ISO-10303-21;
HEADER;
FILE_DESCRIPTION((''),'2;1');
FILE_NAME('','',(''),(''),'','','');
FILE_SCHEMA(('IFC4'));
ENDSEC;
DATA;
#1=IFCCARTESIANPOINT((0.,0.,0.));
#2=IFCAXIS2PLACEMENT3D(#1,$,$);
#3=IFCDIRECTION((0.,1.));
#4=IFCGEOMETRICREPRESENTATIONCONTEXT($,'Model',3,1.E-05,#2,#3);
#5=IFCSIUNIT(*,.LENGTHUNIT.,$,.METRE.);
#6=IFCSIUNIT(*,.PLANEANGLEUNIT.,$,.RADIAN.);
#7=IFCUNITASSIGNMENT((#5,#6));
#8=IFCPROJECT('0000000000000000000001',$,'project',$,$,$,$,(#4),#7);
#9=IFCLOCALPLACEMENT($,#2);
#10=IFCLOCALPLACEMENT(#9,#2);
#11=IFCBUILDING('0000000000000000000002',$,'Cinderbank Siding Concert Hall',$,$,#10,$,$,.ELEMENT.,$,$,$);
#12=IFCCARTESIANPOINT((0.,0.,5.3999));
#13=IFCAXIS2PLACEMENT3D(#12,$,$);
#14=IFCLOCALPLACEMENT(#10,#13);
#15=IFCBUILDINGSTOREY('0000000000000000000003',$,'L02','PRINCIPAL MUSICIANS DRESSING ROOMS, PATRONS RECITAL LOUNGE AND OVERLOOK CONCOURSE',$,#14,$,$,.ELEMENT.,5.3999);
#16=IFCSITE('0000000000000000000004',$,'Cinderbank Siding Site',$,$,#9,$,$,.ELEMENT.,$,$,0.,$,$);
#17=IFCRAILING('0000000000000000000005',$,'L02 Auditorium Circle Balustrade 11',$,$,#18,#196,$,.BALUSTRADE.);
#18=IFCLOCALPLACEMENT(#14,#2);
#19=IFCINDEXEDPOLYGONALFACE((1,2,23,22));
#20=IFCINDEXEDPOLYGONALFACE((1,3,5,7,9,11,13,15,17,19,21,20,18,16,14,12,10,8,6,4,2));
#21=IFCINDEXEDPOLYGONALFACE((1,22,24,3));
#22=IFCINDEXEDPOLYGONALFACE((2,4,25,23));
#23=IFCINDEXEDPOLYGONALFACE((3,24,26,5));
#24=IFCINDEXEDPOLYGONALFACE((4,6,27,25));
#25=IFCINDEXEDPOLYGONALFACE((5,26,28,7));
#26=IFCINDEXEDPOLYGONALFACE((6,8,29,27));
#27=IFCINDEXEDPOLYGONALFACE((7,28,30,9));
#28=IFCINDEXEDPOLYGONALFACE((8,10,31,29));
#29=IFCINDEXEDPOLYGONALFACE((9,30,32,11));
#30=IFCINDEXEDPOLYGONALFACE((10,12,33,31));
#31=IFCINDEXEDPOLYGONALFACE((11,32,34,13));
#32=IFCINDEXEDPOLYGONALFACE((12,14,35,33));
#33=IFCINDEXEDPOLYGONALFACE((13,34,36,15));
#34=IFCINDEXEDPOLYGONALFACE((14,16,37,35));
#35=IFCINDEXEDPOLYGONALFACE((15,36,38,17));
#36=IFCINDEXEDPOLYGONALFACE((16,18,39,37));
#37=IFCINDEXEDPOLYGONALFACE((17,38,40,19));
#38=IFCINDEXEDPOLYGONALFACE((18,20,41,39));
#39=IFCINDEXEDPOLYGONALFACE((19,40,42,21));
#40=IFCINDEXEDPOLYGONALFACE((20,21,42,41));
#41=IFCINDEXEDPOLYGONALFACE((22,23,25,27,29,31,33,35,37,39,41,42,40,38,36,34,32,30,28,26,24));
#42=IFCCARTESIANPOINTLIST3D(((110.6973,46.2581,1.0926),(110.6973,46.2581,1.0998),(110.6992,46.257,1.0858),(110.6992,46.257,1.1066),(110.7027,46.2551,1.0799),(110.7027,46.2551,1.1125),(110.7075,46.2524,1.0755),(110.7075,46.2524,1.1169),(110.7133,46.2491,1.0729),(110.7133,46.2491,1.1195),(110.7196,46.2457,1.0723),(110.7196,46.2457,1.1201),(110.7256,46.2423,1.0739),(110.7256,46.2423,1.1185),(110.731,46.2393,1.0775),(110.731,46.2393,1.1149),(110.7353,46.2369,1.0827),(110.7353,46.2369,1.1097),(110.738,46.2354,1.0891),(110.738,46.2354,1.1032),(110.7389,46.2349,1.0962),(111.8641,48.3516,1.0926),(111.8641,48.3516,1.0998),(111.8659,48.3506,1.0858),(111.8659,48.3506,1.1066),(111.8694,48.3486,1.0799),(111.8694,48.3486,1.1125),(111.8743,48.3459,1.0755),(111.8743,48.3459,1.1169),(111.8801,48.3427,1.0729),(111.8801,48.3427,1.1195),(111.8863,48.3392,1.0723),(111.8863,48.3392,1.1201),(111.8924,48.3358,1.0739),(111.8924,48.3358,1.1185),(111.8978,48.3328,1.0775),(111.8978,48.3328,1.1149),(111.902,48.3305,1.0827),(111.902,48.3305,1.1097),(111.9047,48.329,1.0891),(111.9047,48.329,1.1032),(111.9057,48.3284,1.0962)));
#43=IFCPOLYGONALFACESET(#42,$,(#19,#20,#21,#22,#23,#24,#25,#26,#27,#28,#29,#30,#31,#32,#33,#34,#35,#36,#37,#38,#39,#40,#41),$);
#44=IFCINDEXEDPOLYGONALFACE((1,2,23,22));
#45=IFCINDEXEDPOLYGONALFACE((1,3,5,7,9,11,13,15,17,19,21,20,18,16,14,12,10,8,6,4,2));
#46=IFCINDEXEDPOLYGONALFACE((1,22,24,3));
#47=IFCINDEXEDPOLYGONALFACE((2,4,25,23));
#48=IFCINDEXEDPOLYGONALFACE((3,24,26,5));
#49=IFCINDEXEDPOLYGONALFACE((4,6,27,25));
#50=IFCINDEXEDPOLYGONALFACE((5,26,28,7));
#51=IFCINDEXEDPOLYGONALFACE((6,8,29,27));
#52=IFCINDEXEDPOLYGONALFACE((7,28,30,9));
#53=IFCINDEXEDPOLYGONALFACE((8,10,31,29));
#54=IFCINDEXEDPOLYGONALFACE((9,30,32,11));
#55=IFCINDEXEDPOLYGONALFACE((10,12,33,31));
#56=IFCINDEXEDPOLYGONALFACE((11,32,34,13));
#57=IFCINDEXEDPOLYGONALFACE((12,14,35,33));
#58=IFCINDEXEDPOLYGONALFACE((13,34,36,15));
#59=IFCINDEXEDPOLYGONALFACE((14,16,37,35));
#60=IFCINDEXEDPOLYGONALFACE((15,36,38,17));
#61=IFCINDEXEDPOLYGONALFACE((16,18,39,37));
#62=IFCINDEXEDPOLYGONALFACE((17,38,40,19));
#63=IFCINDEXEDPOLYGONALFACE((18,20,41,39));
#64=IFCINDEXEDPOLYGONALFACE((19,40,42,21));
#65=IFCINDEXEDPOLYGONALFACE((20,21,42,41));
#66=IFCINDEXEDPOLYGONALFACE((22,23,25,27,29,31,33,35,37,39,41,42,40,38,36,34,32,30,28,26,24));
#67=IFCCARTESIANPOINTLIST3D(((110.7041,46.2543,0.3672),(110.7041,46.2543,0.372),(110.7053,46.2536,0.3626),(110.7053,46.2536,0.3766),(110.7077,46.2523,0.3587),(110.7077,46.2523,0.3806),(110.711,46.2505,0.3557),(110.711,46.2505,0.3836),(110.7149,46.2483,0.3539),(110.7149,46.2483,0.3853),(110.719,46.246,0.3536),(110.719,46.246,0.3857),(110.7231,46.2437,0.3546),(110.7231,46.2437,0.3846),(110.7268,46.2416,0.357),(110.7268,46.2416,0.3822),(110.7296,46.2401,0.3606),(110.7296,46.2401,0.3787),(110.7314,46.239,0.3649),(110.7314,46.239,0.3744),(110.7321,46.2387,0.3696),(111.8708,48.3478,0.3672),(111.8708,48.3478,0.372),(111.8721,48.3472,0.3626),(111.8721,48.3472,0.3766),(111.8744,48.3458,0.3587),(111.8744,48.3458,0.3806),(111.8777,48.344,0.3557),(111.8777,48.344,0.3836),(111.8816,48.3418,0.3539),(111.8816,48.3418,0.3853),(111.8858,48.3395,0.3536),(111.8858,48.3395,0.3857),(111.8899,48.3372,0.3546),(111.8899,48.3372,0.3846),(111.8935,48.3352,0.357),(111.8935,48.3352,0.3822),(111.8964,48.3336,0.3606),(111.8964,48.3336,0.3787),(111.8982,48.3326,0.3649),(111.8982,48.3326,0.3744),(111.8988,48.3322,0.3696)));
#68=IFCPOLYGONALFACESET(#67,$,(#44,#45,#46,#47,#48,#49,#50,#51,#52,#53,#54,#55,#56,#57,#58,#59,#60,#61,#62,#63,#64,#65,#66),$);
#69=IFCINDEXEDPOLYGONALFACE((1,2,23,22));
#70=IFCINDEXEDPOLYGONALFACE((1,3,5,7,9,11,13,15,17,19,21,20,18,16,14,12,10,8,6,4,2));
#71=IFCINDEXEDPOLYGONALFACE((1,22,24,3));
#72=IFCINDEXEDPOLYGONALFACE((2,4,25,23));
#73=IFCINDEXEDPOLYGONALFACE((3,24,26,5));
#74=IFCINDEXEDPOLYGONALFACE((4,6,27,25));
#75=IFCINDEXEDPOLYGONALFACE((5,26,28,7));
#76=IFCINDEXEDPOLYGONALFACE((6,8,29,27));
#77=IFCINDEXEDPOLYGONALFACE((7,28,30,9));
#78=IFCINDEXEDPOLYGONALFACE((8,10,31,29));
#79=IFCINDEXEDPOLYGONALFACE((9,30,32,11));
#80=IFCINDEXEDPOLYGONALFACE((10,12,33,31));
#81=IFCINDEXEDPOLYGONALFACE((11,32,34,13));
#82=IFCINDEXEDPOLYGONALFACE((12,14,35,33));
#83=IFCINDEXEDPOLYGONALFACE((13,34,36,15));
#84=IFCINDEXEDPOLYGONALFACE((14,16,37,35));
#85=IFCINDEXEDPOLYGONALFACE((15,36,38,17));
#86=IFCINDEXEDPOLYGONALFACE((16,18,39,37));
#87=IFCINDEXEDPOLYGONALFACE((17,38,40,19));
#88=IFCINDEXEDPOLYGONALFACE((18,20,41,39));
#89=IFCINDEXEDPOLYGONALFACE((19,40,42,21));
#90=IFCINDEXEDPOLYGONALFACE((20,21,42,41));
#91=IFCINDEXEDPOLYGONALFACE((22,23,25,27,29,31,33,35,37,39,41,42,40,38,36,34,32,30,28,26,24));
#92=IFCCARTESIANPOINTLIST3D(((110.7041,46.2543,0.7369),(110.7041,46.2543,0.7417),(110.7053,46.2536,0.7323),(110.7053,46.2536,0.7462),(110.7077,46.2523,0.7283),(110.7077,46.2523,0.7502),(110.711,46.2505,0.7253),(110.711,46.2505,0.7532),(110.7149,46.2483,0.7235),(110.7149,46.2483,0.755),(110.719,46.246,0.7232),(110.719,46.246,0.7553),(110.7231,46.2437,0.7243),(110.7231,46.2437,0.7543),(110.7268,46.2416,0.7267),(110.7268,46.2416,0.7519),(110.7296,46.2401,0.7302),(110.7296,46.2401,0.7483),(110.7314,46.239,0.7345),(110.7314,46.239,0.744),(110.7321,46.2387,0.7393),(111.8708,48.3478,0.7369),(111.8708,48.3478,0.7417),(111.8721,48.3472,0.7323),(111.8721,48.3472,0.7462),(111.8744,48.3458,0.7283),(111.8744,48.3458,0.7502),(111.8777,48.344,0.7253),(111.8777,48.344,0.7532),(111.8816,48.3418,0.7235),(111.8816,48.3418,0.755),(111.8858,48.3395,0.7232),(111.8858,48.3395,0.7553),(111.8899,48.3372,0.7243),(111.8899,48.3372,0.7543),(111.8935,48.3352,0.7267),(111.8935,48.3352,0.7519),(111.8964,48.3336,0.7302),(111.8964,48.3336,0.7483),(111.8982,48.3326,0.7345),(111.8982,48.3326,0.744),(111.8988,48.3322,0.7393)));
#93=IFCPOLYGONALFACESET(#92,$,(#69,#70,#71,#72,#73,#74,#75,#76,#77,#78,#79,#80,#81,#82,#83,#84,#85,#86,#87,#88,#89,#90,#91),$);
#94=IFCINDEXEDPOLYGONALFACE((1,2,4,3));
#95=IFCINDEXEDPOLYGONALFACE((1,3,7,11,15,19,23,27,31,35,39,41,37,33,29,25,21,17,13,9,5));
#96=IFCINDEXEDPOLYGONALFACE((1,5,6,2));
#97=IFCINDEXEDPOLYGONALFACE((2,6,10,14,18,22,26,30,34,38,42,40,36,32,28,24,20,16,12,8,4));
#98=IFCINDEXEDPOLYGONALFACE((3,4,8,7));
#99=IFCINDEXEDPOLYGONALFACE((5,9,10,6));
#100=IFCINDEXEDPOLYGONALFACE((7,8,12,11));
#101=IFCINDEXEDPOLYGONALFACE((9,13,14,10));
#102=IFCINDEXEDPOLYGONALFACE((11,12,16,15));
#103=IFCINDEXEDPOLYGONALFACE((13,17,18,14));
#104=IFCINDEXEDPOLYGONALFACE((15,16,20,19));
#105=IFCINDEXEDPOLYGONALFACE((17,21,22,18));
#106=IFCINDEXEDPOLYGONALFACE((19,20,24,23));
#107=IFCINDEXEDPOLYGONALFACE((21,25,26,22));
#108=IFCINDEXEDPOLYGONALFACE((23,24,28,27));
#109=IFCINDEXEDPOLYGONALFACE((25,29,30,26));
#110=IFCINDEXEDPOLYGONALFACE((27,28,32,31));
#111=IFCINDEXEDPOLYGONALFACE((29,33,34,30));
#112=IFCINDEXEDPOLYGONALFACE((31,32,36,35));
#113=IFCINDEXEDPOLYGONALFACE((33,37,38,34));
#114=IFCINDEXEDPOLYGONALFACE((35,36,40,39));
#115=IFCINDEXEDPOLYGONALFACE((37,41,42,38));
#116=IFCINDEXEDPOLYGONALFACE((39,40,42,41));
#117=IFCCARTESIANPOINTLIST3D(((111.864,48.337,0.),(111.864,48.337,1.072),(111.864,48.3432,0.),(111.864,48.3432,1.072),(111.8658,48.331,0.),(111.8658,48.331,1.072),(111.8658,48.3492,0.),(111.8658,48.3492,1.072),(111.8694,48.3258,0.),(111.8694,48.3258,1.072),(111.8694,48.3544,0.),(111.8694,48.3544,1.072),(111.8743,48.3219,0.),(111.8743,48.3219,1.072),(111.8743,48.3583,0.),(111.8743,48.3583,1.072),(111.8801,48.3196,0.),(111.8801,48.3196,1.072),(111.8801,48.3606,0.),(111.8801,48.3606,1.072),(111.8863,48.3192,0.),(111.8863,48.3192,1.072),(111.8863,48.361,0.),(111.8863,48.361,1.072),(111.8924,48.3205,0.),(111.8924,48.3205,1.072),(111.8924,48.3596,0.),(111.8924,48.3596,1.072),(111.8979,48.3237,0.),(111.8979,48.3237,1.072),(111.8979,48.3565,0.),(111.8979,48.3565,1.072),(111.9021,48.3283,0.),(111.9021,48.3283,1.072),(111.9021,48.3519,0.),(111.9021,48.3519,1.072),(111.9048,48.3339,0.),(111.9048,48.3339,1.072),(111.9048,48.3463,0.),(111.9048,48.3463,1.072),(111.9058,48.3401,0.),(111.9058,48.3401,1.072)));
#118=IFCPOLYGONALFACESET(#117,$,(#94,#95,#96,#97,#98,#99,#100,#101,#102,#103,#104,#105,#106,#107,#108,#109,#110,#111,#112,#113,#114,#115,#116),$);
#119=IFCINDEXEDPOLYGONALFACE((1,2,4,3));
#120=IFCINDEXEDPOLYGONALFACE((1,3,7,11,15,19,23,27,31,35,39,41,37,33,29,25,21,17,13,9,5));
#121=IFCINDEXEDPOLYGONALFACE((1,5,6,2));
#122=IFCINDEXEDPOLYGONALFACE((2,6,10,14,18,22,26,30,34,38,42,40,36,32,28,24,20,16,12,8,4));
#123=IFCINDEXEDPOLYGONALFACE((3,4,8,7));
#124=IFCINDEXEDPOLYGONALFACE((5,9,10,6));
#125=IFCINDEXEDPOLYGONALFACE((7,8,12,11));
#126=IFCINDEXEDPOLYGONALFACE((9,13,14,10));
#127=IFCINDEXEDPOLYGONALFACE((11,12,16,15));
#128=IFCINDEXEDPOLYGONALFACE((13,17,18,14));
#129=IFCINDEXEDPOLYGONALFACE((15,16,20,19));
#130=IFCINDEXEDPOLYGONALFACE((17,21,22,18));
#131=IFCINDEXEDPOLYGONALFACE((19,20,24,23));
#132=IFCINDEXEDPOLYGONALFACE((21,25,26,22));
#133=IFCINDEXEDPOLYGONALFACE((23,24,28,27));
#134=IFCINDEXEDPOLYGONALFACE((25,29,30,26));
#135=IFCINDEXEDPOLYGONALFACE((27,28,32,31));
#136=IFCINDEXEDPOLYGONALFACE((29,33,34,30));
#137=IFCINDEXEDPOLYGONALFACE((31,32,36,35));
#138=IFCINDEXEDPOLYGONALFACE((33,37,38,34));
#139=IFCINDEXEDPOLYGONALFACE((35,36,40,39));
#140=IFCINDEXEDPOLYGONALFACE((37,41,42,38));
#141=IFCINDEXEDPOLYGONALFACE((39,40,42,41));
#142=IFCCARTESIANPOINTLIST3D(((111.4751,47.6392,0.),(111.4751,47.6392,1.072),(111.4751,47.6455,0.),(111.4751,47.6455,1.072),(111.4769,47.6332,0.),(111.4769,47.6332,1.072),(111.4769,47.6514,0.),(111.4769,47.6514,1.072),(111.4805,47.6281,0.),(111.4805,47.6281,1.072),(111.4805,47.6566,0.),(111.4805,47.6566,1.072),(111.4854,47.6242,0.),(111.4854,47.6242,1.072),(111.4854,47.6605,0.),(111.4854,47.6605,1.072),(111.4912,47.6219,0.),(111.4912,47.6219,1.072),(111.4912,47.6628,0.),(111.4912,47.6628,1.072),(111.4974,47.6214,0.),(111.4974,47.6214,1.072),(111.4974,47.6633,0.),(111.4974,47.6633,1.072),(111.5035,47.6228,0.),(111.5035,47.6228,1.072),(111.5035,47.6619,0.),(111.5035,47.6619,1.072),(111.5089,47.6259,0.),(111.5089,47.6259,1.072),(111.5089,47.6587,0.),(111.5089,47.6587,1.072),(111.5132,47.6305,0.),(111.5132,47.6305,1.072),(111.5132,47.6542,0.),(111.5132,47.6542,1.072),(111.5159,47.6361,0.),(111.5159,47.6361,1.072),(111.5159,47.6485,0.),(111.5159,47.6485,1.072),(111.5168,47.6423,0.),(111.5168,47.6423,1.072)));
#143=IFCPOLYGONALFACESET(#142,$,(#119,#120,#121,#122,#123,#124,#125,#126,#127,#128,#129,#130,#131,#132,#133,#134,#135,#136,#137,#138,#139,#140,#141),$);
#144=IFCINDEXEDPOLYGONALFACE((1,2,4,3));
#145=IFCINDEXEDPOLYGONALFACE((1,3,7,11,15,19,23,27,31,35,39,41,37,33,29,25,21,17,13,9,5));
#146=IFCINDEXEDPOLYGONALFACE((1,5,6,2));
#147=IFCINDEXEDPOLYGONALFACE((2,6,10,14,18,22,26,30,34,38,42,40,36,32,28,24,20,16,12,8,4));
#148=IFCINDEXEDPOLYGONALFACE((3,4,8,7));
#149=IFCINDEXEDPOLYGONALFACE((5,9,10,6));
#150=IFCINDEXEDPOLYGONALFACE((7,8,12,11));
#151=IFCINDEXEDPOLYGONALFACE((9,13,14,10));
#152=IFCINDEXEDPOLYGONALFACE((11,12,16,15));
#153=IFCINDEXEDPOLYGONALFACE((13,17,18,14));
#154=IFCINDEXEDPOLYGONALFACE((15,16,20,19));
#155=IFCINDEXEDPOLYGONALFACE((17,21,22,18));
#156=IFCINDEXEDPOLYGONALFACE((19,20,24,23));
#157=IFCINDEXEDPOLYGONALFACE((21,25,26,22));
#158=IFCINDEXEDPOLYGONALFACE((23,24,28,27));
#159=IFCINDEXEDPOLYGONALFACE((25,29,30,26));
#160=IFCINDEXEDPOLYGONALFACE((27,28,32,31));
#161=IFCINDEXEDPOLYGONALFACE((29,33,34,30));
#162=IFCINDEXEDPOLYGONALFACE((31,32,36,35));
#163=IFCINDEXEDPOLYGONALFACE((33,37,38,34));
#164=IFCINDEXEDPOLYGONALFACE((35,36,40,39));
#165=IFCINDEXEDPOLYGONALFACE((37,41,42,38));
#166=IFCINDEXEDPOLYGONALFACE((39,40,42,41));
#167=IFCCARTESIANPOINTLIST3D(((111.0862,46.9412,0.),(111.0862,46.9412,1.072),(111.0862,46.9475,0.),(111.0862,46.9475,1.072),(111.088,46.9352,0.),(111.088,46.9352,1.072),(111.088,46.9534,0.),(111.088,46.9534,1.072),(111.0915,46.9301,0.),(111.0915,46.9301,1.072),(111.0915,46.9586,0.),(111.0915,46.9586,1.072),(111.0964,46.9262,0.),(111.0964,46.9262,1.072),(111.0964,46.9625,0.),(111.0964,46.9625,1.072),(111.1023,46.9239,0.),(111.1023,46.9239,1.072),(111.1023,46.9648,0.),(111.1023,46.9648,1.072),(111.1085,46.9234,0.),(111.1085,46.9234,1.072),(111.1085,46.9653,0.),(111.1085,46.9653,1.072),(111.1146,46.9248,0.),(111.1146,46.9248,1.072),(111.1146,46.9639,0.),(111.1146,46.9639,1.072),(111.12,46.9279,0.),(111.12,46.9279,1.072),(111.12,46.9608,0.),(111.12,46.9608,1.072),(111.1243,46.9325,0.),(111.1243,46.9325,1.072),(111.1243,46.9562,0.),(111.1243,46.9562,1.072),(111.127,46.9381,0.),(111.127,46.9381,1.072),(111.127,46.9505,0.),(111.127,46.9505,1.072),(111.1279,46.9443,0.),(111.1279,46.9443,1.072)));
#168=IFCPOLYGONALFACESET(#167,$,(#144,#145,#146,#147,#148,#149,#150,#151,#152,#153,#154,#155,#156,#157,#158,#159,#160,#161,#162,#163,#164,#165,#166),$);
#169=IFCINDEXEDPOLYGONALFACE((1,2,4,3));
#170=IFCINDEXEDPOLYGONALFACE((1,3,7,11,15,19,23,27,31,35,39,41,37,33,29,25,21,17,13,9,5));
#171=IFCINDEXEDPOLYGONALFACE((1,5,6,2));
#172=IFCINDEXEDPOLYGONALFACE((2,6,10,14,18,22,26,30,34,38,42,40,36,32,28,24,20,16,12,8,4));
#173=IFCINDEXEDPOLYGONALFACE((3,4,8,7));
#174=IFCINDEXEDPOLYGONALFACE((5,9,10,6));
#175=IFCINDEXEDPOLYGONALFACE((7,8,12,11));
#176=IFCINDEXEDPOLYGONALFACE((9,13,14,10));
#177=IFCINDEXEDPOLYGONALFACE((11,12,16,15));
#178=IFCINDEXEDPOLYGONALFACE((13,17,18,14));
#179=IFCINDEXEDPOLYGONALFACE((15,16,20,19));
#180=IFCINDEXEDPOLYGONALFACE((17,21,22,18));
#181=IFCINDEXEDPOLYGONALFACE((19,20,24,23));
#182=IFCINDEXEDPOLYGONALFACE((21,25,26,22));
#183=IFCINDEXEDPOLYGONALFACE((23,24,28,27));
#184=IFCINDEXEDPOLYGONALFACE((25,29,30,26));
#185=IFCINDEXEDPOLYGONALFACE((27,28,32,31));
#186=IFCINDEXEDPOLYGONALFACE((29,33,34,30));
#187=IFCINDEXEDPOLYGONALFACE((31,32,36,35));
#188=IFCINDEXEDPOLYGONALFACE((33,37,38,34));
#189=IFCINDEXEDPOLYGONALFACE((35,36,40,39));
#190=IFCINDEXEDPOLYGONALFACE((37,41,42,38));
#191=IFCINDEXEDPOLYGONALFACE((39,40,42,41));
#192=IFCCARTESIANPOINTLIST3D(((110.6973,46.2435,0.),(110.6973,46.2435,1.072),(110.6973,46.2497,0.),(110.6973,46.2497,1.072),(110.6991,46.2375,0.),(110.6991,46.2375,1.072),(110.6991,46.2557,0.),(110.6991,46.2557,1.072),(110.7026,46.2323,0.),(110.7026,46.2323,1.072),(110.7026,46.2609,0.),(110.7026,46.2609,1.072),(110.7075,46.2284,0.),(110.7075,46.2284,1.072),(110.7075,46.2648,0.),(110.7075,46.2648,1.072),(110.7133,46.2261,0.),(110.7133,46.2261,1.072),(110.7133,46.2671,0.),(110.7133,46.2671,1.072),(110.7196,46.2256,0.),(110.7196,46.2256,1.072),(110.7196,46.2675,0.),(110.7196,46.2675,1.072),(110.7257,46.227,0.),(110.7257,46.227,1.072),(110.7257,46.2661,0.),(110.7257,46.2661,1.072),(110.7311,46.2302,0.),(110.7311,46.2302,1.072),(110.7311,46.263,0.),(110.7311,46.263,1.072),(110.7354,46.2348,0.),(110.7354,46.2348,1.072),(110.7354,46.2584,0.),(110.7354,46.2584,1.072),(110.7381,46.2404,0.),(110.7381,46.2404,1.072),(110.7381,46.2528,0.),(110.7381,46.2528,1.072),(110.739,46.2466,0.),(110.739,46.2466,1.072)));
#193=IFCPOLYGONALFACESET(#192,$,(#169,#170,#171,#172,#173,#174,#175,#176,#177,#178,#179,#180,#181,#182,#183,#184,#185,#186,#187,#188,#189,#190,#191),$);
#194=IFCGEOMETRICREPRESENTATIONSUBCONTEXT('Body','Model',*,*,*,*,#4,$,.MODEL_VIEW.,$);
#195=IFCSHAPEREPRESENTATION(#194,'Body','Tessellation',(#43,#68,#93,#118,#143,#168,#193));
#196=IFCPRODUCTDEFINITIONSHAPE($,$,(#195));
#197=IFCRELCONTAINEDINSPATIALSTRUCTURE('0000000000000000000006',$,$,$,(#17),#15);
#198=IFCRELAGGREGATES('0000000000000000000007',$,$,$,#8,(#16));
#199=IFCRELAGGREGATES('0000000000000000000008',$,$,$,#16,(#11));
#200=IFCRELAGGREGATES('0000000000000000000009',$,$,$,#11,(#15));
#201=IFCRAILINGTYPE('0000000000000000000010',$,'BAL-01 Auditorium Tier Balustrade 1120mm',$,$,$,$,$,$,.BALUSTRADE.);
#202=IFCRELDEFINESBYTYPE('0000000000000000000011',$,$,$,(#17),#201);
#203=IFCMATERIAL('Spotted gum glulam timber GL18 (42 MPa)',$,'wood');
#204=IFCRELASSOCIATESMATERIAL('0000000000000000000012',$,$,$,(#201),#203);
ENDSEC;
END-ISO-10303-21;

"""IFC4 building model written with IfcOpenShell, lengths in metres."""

from ifc_helpers import new_model, si_unit, direction, frame, origin, origin_2d, place, context, subcontext, project, spatial, circle, extrude, material, type_object, element, save


model = new_model("IFC4")

# Units and contexts
model_context = context("Model", 3, precision=1e-05, world=origin(), true_north=direction((0.0, 1.0)))
body_context = subcontext(model_context, "Body", "Model", "MODEL_VIEW")
ifc_project = project(units=[si_unit("LENGTHUNIT", "METRE"), si_unit("PLANEANGLEUNIT", "RADIAN")], contexts=[model_context])

# Site, building, storey
site_placement = place(None, origin())
site = spatial("IfcSite", under=ifc_project, at=site_placement, Name="Cinderbank Siding Site", CompositionType="ELEMENT", RefElevation=0.0)
building_placement = place(site_placement, origin())
building = spatial("IfcBuilding", under=site, at=building_placement, Name="Cinderbank Siding Concert Hall", CompositionType="ELEMENT")
storey_placement = place(building_placement, frame((0.0, 0.0, 5.3999)))
storey = spatial("IfcBuildingStorey", under=building, at=storey_placement, Name="L02", Description="PRINCIPAL MUSICIANS DRESSING ROOMS, PATRONS RECITAL LOUNGE AND OVERLOOK CONCOURSE", CompositionType="ELEMENT", Elevation=5.3999)

# Railing
ifc_material_1 = material(Name="Spotted gum glulam timber GL18 (42 MPa)", Category="wood")
railing_type = type_object("IfcRailingType", Name="BAL-01 Auditorium Tier Balustrade 1120mm", PredefinedType="BALUSTRADE", material=ifc_material_1)
railing_1_placement = place(storey_placement, frame((111.8848, 48.3401, 0.0)))
element("IfcRailing", 1, at=railing_1_placement, inside=storey, type_object=railing_type, Name="L02 Auditorium Circle Balustrade 11", PredefinedType="BALUSTRADE", context=body_context, shape_type="SweptSolid", body=[
    extrude(circle(Radius=0.0239, at=origin_2d()), frame((0.0, 0.0, 1.0962), z_axis=(-0.486819, -0.873503, 0.0), x_axis=(0.873503, -0.486819, 0.0)), (0.0, 0.0, 1.0), 2.3967),
    extrude(circle(Radius=0.0161, at=origin_2d()), frame((0.0, 0.0, 0.3696), z_axis=(-0.486819, -0.873503, 0.0), x_axis=(0.873503, -0.486819, 0.0)), (0.0, 0.0, 1.0), 2.3967),
    extrude(circle(Radius=0.0161, at=origin_2d()), frame((0.0, 0.0, 0.7393), z_axis=(-0.486819, -0.873503, 0.0), x_axis=(0.873503, -0.486819, 0.0)), (0.0, 0.0, 1.0), 2.3967),
    extrude(circle(Radius=0.021, at=origin_2d()), origin(), (0.0, 0.0, 1.0), 1.072),
    extrude(circle(Radius=0.021, at=origin_2d()), frame((-0.3889, -0.6978, 0.0)), (0.0, 0.0, 1.0), 1.072),
    extrude(circle(Radius=0.021, at=origin_2d()), frame((-0.7778, -1.3958, 0.0)), (0.0, 0.0, 1.0), 1.072),
    extrude(circle(Radius=0.021, at=origin_2d()), frame((-1.1667, -2.0935, 0.0)), (0.0, 0.0, 1.0), 1.072),
])

save(model, "model.ifc")
